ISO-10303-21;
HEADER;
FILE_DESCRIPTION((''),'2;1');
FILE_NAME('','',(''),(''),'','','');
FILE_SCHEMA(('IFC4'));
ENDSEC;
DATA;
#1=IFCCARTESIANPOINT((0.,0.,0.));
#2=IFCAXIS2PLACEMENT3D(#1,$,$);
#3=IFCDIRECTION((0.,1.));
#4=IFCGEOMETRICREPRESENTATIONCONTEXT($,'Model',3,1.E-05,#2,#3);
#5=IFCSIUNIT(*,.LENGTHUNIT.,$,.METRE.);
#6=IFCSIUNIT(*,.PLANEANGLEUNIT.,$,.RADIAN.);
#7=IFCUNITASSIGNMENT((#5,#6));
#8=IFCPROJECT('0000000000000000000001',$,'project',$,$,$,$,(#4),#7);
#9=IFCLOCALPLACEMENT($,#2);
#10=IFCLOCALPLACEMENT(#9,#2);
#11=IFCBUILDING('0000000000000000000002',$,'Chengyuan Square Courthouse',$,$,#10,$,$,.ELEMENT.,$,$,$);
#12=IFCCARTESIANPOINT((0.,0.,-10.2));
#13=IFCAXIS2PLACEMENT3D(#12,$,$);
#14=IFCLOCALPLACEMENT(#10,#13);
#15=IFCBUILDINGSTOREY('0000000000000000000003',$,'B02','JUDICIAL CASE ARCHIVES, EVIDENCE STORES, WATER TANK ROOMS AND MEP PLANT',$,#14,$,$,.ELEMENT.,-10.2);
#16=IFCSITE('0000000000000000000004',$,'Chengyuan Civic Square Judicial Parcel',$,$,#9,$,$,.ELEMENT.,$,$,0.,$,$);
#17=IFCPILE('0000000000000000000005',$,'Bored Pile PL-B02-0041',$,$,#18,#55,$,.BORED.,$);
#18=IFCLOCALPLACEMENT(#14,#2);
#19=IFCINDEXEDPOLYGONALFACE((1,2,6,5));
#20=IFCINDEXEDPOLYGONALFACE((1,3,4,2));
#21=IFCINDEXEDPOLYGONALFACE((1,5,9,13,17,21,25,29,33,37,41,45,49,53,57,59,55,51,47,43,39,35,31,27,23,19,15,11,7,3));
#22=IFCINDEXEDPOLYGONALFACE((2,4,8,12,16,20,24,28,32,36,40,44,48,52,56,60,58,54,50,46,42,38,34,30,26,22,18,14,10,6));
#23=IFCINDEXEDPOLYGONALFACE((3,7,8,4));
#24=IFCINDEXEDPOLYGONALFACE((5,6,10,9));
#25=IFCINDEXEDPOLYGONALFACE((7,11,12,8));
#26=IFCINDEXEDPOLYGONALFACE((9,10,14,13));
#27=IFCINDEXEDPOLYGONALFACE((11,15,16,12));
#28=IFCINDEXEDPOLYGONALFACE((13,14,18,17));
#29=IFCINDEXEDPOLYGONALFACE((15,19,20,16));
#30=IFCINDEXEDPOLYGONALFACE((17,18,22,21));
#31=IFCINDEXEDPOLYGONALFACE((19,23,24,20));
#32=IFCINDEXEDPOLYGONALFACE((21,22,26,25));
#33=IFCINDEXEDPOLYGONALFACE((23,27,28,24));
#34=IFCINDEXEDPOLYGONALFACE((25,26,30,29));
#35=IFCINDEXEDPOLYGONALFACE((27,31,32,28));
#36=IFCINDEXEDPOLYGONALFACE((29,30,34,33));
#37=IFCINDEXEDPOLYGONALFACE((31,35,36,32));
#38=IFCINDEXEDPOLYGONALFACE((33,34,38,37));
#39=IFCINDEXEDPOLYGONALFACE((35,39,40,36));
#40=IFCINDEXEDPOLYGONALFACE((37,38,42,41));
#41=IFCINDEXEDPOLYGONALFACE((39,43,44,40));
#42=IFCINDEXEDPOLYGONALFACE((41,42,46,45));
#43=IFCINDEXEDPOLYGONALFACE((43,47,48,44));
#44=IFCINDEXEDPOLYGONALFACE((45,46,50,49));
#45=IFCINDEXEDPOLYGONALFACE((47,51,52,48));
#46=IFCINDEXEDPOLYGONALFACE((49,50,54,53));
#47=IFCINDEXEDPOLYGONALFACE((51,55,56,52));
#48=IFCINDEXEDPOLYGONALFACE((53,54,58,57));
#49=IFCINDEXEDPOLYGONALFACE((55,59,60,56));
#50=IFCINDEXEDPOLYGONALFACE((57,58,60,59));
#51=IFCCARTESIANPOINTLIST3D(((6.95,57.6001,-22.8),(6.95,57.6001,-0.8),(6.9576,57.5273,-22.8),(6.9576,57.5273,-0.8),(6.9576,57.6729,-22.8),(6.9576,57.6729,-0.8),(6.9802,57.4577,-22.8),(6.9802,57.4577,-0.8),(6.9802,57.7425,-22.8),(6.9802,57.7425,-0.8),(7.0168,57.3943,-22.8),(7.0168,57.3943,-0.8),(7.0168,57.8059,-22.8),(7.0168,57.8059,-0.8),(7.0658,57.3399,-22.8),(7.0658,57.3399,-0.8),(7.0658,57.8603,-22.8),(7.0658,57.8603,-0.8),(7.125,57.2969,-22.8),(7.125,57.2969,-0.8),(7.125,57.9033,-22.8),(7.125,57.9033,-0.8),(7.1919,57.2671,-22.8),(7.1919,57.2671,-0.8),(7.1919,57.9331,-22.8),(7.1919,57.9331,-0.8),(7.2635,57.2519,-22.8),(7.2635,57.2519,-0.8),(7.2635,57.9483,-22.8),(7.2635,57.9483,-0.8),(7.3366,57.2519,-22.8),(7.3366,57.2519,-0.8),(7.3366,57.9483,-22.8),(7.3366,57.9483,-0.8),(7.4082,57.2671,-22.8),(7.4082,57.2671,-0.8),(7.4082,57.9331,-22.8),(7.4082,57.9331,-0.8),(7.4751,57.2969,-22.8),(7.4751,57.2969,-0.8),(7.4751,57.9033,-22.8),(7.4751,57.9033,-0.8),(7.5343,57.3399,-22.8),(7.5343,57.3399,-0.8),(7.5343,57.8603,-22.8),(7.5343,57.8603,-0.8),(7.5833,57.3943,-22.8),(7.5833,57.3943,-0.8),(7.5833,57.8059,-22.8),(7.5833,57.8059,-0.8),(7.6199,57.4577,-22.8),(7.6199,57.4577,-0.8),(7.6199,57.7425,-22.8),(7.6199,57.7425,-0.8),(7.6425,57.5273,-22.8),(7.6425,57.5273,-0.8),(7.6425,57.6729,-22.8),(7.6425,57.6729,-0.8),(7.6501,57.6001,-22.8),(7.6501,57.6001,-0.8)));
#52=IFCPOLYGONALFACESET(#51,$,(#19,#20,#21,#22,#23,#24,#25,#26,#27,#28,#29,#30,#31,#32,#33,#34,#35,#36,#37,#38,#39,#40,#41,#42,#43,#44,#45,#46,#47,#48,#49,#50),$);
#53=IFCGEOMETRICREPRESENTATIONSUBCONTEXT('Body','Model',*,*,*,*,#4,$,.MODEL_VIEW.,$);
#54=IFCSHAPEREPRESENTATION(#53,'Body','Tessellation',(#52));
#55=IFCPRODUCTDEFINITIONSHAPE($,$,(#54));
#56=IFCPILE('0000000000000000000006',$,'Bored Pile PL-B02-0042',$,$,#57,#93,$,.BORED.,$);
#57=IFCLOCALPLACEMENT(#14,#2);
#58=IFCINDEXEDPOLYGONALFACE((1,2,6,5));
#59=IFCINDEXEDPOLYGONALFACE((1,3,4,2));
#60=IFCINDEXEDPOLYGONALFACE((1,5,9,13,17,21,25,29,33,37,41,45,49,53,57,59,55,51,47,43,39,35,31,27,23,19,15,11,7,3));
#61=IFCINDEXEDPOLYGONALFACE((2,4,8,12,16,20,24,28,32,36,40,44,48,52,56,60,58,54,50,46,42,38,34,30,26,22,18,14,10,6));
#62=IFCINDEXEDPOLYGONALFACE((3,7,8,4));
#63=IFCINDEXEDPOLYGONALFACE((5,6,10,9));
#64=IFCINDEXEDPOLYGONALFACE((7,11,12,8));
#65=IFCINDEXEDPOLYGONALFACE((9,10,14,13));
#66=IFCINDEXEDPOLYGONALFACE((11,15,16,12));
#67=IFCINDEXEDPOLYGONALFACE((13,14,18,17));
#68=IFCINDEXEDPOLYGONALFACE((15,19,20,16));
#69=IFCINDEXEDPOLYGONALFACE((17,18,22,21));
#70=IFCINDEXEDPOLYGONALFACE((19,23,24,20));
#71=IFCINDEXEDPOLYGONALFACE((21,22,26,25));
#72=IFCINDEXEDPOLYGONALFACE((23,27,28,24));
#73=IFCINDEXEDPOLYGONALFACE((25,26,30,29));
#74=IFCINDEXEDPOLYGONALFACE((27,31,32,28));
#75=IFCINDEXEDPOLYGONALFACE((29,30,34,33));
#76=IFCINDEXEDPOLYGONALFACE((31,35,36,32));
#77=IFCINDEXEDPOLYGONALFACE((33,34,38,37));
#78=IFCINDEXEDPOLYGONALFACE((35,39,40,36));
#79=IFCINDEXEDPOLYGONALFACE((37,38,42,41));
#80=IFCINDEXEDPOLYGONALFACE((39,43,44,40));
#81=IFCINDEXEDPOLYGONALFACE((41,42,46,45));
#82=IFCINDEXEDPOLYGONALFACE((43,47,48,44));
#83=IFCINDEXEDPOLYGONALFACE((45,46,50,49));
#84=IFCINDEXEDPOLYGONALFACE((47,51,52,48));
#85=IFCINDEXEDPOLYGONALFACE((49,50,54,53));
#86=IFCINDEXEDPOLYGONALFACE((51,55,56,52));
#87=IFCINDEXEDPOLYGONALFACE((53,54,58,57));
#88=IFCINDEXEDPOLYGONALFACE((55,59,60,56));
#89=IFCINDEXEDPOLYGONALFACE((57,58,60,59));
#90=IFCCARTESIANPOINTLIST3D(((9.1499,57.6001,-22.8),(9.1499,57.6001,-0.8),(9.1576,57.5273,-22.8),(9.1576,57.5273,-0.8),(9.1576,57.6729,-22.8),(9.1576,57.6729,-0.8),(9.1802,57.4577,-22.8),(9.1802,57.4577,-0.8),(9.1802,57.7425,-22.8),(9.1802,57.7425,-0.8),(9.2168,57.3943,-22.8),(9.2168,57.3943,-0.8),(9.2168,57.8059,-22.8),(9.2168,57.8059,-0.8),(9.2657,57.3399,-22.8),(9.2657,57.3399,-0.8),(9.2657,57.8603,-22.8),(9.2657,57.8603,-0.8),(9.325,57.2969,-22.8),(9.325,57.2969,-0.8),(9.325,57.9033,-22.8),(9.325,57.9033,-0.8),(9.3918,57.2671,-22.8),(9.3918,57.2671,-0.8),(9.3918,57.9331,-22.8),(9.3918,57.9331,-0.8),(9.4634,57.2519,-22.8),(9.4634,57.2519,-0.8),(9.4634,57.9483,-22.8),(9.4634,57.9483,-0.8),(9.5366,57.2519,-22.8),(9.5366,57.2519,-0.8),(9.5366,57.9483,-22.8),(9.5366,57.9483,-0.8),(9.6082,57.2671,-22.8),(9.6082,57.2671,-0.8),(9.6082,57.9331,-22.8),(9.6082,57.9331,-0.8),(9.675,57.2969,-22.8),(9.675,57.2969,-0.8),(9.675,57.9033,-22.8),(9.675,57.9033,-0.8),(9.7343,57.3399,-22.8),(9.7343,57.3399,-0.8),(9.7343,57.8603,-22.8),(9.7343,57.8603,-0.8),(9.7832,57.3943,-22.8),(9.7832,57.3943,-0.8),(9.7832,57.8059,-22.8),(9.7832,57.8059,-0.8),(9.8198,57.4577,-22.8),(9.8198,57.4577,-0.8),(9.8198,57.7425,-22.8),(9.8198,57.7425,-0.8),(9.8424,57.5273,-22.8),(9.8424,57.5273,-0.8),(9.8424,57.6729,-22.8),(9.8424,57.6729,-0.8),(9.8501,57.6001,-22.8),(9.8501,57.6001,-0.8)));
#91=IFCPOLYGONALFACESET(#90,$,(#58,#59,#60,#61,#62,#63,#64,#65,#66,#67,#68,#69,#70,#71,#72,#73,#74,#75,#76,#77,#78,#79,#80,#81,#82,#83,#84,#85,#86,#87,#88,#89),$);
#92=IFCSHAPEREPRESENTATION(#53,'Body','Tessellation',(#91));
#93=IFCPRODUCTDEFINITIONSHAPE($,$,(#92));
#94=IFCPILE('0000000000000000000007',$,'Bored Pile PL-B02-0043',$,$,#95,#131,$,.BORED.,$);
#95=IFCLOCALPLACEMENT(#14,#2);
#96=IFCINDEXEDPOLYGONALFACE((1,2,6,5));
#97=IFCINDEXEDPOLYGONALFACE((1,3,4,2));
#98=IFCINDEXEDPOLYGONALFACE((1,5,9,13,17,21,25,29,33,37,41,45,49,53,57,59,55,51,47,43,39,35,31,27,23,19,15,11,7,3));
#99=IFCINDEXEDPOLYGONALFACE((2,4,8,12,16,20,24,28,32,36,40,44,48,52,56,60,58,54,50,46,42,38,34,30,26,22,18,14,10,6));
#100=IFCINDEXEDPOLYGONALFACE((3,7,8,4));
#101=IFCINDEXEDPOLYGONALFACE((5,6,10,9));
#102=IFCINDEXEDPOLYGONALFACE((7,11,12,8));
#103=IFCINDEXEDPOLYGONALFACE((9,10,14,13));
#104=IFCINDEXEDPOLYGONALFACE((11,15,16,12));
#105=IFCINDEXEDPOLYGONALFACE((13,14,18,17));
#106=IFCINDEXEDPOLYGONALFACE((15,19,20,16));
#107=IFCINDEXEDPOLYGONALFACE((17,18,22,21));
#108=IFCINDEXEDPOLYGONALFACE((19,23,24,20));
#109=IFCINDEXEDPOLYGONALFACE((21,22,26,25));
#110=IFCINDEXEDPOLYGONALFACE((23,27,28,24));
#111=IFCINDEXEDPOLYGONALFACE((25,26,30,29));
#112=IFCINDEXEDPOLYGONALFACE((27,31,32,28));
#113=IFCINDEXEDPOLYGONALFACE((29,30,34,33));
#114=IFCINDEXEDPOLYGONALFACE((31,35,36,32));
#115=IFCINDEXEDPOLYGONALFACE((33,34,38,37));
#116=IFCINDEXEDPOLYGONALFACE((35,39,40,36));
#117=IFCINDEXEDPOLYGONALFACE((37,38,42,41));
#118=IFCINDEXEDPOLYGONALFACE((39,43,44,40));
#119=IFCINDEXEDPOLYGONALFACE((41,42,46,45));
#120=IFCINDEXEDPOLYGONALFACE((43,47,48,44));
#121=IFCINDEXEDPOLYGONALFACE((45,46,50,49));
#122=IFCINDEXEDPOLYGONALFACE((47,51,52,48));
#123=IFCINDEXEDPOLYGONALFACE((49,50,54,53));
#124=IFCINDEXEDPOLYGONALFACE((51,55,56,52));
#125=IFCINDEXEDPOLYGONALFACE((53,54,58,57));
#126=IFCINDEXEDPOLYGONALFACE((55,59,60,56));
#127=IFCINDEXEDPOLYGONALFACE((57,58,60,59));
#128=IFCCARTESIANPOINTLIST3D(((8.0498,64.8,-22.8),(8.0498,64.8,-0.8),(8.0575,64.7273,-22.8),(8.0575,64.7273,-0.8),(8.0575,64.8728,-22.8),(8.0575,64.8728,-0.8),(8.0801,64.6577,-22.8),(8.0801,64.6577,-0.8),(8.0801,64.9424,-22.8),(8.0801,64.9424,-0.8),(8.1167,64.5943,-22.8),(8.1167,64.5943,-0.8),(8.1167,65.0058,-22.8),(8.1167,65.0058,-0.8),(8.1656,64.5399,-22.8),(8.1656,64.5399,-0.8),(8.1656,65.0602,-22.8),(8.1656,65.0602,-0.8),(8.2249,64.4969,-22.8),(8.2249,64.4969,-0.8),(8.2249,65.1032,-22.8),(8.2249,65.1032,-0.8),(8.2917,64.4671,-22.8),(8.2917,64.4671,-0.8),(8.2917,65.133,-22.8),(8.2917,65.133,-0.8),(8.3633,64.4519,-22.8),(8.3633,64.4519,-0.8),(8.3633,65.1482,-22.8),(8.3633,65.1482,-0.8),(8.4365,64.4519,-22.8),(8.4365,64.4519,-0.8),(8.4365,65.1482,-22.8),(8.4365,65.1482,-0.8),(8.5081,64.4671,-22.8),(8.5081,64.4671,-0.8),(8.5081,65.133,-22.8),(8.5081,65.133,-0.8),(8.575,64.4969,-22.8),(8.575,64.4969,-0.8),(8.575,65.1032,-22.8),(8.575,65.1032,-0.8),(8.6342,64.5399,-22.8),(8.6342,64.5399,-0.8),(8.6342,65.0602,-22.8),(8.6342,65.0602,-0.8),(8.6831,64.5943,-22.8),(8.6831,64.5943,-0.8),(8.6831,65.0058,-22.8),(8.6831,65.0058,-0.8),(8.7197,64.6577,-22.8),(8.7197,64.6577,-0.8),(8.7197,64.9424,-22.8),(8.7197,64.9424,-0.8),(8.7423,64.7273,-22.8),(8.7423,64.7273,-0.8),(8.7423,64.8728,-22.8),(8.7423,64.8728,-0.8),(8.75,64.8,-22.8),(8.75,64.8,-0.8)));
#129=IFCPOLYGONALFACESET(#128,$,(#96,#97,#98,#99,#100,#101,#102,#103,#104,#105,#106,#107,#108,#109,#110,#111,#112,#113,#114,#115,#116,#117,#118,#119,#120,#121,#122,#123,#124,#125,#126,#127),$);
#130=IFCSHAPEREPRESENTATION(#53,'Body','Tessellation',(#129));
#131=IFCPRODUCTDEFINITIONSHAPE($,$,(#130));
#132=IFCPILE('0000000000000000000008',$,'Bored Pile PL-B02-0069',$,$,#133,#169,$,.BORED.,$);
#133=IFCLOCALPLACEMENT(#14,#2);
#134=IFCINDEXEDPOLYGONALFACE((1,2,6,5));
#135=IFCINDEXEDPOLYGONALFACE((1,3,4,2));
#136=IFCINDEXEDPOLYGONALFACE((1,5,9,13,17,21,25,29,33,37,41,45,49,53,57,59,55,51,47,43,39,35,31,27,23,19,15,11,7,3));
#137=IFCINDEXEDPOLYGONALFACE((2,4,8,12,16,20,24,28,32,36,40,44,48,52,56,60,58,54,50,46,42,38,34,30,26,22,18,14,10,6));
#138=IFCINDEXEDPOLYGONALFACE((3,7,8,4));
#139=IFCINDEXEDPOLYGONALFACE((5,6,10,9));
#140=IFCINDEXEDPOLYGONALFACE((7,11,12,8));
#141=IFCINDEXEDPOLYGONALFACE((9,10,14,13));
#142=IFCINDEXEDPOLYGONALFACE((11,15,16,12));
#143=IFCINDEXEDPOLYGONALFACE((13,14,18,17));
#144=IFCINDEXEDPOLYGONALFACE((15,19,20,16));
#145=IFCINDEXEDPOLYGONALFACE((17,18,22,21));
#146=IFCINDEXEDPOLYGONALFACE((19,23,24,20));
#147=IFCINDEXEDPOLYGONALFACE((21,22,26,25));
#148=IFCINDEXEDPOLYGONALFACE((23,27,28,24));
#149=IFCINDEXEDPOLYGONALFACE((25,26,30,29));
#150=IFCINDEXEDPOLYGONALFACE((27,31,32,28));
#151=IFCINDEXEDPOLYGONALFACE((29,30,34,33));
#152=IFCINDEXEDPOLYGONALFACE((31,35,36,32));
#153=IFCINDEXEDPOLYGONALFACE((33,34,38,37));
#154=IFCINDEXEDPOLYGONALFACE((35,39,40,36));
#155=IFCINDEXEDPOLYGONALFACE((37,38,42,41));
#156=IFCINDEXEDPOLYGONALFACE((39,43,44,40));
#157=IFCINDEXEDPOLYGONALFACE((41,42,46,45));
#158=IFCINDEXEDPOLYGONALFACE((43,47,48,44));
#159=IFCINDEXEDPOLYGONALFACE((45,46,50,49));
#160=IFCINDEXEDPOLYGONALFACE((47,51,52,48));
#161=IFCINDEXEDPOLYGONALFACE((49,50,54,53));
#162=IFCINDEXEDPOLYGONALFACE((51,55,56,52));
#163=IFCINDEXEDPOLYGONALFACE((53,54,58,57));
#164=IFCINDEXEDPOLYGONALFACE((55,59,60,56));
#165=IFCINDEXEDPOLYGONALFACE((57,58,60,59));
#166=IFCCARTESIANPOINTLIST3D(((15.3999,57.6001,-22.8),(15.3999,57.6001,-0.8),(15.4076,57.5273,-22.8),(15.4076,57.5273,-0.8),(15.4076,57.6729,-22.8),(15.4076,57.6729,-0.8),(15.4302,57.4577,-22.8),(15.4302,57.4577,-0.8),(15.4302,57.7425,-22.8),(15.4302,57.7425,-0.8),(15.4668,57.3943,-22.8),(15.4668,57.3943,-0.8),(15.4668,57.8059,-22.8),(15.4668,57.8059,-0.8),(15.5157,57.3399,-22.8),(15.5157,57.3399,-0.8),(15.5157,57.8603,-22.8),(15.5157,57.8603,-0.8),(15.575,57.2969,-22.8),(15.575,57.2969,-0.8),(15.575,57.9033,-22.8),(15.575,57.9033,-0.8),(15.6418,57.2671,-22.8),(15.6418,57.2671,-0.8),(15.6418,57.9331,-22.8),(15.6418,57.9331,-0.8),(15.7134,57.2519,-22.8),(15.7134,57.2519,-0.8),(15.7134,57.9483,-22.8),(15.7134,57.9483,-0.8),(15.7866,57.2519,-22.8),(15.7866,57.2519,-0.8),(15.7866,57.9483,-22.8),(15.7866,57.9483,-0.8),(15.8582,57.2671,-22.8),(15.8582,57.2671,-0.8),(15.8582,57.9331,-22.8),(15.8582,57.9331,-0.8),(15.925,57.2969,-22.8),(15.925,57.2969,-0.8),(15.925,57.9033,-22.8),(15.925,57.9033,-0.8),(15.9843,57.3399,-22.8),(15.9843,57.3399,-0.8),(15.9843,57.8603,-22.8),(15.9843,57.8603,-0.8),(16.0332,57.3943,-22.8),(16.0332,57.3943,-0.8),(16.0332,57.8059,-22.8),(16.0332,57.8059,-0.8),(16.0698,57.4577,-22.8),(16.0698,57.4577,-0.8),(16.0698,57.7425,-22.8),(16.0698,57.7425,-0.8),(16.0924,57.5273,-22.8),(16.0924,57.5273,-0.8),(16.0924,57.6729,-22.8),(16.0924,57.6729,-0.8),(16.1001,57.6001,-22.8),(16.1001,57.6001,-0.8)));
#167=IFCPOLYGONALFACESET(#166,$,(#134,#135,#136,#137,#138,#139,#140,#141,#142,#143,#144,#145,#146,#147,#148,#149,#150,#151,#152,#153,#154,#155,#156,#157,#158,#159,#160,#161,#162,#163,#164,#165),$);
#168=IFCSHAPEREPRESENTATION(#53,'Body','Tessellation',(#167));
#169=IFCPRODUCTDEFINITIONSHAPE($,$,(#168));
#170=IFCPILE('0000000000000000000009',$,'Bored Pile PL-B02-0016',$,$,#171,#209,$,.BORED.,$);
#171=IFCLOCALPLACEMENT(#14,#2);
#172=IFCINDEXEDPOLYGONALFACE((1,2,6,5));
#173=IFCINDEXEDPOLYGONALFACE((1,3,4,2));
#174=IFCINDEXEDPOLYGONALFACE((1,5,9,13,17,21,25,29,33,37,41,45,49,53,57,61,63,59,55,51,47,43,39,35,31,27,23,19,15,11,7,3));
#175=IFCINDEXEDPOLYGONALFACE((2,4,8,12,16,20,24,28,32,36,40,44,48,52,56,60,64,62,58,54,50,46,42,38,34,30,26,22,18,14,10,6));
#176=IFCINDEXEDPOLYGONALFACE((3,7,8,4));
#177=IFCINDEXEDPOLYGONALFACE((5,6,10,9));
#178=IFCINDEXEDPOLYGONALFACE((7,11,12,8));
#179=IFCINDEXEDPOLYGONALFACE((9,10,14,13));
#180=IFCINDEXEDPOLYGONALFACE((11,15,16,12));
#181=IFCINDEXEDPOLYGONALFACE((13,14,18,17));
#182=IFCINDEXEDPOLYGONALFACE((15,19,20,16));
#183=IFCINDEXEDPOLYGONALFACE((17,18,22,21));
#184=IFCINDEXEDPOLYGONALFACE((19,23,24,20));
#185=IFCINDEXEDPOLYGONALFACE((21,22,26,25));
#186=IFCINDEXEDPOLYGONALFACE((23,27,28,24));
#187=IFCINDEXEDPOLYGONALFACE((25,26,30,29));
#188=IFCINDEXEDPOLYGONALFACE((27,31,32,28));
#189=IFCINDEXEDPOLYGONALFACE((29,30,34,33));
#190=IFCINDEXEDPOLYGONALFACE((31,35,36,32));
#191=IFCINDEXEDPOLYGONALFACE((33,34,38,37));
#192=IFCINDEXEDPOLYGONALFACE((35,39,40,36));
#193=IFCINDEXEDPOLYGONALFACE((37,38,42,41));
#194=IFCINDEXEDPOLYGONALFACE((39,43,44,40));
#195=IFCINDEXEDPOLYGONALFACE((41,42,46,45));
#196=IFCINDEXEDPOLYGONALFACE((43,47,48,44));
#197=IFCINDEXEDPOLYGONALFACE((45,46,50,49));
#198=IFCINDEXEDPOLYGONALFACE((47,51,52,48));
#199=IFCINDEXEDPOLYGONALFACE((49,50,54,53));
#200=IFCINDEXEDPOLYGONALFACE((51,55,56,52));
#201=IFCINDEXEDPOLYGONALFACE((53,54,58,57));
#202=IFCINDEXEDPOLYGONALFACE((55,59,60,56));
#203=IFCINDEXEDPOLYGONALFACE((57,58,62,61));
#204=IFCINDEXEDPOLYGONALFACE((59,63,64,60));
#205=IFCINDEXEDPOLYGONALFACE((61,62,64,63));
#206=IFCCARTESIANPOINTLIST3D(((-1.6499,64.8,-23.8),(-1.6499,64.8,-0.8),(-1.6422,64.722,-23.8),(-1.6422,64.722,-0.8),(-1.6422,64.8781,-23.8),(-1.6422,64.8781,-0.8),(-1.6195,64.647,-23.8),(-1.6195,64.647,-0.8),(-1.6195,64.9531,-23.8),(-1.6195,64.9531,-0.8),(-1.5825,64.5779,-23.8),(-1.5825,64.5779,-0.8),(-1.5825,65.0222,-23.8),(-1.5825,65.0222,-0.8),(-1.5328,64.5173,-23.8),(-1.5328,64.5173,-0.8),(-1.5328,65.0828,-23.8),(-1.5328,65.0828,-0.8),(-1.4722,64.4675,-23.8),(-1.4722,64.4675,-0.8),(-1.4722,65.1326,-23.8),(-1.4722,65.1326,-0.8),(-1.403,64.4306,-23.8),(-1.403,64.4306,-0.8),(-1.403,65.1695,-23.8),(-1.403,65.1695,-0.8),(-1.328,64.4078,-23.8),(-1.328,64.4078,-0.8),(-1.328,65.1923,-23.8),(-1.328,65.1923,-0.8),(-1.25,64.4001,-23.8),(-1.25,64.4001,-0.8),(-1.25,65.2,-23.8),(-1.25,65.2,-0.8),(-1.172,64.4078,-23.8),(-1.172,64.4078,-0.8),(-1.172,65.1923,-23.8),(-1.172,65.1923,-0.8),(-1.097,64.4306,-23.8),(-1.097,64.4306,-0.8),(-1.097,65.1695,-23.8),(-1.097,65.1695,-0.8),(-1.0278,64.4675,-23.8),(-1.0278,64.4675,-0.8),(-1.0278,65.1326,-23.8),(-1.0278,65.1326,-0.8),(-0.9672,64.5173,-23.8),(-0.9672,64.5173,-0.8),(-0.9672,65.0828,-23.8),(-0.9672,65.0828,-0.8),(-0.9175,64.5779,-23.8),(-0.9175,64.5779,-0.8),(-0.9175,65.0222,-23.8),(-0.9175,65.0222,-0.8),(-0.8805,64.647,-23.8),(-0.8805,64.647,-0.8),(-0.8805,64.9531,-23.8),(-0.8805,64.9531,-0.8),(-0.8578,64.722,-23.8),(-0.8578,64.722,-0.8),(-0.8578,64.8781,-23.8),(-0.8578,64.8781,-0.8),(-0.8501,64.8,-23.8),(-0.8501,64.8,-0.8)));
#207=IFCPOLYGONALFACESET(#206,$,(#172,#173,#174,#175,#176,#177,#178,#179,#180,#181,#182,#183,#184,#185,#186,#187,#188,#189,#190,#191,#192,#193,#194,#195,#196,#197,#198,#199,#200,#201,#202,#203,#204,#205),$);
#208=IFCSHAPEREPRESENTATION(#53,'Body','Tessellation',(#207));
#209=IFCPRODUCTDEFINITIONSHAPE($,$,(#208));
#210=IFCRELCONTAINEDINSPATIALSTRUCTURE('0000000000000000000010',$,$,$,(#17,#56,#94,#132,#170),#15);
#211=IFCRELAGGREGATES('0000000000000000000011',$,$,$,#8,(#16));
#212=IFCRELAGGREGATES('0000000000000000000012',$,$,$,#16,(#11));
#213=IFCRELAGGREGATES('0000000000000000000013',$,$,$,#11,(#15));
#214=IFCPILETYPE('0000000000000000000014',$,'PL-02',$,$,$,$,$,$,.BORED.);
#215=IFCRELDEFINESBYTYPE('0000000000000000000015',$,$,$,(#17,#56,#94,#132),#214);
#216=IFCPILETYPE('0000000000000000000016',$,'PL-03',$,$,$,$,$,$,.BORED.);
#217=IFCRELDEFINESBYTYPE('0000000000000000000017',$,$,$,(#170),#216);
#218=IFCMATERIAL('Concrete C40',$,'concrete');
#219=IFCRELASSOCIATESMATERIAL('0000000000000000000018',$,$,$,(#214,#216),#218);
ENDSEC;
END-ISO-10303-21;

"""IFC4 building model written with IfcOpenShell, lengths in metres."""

from ifc_helpers import new_model, si_unit, direction, frame, origin, origin_2d, place, context, subcontext, project, spatial, circle, extrude, material, material_profile, profile_set, type_object, element, save


model = new_model("IFC4")

# Units and contexts
model_context = context("Model", 3, precision=1e-05, world=origin(), true_north=direction((0.0, 1.0)))
body_context = subcontext(model_context, "Body", "Model", "MODEL_VIEW")
ifc_project = project(units=[si_unit("LENGTHUNIT", "METRE"), si_unit("PLANEANGLEUNIT", "RADIAN")], contexts=[model_context])

# Site, building, storey
site_placement = place(None, origin())
site = spatial("IfcSite", under=ifc_project, at=site_placement, Name="Chengyuan Civic Square Judicial Parcel", CompositionType="ELEMENT", RefElevation=0.0)
building_placement = place(site_placement, origin())
building = spatial("IfcBuilding", under=site, at=building_placement, Name="Chengyuan Square Courthouse", CompositionType="ELEMENT")
storey_placement = place(building_placement, frame((0.0, 0.0, -10.2)))
storey = spatial("IfcBuildingStorey", under=building, at=storey_placement, Name="B02", Description="JUDICIAL CASE ARCHIVES, EVIDENCE STORES, WATER TANK ROOMS AND MEP PLANT", CompositionType="ELEMENT", Elevation=-10.2)

# Shared definitions
ifc_material_1 = material(Name="Concrete C40", Category="concrete")

# Piles
ifc_material_profile_1 = material_profile(ifc_material_1, circle(Radius=0.3501, at=origin_2d()), Name="BORED PILE D700")
ifc_profile_set_1 = profile_set([ifc_material_profile_1], Name="Concrete C40")
pile_type_1 = type_object("IfcPileType", Name="PL-02", PredefinedType="BORED", material=ifc_profile_set_1)
for number, where, z_axis, x_axis, name in (
    (1, (7.3, 57.6001, -0.8), (0.0, 0.0, -1.0), (1.0, 0.0, 0.0), "Bored Pile PL-B02-0041"),
    (2, (9.5, 57.6001, -0.8), (0.0, 0.0, -1.0), (1.0, 0.0, 0.0), "Bored Pile PL-B02-0042"),
    (3, (8.3999, 64.8, -0.8), (0.0, 0.0, -1.0), (1.0, 0.0, 0.0), "Bored Pile PL-B02-0043"),
    (4, (15.75, 57.6001, -0.8), (0.0, 0.0, -1.0), (1.0, 0.0, 0.0), "Bored Pile PL-B02-0069"),
):
    element("IfcPile", number, at=place(storey_placement, frame(where, z_axis=z_axis, x_axis=x_axis)), inside=storey, type_object=pile_type_1, Name=name, PredefinedType="BORED", context=body_context, shape_type="SweptSolid", body=[
        extrude(circle(Radius=0.3501, at=origin_2d()), origin(), (0.0, 0.0, 1.0), 22.0),
    ])
ifc_material_profile_2 = material_profile(ifc_material_1, circle(Radius=0.3999, at=origin_2d()), Name="BORED PILE D800")
ifc_profile_set_2 = profile_set([ifc_material_profile_2], Name="Concrete C40")
pile_type_2 = type_object("IfcPileType", Name="PL-03", PredefinedType="BORED", material=ifc_profile_set_2)
for number, where, z_axis, x_axis, name in (
    (5, (-1.25, 64.8, -0.8), (0.0, 0.0, -1.0), (1.0, 0.0, 0.0), "Bored Pile PL-B02-0016"),
):
    element("IfcPile", number, at=place(storey_placement, frame(where, z_axis=z_axis, x_axis=x_axis)), inside=storey, type_object=pile_type_2, Name=name, PredefinedType="BORED", context=body_context, shape_type="SweptSolid", body=[
        extrude(circle(Radius=0.3999, at=origin_2d()), origin(), (0.0, 0.0, 1.0), 23.0),
    ])

save(model, "model.ifc")
